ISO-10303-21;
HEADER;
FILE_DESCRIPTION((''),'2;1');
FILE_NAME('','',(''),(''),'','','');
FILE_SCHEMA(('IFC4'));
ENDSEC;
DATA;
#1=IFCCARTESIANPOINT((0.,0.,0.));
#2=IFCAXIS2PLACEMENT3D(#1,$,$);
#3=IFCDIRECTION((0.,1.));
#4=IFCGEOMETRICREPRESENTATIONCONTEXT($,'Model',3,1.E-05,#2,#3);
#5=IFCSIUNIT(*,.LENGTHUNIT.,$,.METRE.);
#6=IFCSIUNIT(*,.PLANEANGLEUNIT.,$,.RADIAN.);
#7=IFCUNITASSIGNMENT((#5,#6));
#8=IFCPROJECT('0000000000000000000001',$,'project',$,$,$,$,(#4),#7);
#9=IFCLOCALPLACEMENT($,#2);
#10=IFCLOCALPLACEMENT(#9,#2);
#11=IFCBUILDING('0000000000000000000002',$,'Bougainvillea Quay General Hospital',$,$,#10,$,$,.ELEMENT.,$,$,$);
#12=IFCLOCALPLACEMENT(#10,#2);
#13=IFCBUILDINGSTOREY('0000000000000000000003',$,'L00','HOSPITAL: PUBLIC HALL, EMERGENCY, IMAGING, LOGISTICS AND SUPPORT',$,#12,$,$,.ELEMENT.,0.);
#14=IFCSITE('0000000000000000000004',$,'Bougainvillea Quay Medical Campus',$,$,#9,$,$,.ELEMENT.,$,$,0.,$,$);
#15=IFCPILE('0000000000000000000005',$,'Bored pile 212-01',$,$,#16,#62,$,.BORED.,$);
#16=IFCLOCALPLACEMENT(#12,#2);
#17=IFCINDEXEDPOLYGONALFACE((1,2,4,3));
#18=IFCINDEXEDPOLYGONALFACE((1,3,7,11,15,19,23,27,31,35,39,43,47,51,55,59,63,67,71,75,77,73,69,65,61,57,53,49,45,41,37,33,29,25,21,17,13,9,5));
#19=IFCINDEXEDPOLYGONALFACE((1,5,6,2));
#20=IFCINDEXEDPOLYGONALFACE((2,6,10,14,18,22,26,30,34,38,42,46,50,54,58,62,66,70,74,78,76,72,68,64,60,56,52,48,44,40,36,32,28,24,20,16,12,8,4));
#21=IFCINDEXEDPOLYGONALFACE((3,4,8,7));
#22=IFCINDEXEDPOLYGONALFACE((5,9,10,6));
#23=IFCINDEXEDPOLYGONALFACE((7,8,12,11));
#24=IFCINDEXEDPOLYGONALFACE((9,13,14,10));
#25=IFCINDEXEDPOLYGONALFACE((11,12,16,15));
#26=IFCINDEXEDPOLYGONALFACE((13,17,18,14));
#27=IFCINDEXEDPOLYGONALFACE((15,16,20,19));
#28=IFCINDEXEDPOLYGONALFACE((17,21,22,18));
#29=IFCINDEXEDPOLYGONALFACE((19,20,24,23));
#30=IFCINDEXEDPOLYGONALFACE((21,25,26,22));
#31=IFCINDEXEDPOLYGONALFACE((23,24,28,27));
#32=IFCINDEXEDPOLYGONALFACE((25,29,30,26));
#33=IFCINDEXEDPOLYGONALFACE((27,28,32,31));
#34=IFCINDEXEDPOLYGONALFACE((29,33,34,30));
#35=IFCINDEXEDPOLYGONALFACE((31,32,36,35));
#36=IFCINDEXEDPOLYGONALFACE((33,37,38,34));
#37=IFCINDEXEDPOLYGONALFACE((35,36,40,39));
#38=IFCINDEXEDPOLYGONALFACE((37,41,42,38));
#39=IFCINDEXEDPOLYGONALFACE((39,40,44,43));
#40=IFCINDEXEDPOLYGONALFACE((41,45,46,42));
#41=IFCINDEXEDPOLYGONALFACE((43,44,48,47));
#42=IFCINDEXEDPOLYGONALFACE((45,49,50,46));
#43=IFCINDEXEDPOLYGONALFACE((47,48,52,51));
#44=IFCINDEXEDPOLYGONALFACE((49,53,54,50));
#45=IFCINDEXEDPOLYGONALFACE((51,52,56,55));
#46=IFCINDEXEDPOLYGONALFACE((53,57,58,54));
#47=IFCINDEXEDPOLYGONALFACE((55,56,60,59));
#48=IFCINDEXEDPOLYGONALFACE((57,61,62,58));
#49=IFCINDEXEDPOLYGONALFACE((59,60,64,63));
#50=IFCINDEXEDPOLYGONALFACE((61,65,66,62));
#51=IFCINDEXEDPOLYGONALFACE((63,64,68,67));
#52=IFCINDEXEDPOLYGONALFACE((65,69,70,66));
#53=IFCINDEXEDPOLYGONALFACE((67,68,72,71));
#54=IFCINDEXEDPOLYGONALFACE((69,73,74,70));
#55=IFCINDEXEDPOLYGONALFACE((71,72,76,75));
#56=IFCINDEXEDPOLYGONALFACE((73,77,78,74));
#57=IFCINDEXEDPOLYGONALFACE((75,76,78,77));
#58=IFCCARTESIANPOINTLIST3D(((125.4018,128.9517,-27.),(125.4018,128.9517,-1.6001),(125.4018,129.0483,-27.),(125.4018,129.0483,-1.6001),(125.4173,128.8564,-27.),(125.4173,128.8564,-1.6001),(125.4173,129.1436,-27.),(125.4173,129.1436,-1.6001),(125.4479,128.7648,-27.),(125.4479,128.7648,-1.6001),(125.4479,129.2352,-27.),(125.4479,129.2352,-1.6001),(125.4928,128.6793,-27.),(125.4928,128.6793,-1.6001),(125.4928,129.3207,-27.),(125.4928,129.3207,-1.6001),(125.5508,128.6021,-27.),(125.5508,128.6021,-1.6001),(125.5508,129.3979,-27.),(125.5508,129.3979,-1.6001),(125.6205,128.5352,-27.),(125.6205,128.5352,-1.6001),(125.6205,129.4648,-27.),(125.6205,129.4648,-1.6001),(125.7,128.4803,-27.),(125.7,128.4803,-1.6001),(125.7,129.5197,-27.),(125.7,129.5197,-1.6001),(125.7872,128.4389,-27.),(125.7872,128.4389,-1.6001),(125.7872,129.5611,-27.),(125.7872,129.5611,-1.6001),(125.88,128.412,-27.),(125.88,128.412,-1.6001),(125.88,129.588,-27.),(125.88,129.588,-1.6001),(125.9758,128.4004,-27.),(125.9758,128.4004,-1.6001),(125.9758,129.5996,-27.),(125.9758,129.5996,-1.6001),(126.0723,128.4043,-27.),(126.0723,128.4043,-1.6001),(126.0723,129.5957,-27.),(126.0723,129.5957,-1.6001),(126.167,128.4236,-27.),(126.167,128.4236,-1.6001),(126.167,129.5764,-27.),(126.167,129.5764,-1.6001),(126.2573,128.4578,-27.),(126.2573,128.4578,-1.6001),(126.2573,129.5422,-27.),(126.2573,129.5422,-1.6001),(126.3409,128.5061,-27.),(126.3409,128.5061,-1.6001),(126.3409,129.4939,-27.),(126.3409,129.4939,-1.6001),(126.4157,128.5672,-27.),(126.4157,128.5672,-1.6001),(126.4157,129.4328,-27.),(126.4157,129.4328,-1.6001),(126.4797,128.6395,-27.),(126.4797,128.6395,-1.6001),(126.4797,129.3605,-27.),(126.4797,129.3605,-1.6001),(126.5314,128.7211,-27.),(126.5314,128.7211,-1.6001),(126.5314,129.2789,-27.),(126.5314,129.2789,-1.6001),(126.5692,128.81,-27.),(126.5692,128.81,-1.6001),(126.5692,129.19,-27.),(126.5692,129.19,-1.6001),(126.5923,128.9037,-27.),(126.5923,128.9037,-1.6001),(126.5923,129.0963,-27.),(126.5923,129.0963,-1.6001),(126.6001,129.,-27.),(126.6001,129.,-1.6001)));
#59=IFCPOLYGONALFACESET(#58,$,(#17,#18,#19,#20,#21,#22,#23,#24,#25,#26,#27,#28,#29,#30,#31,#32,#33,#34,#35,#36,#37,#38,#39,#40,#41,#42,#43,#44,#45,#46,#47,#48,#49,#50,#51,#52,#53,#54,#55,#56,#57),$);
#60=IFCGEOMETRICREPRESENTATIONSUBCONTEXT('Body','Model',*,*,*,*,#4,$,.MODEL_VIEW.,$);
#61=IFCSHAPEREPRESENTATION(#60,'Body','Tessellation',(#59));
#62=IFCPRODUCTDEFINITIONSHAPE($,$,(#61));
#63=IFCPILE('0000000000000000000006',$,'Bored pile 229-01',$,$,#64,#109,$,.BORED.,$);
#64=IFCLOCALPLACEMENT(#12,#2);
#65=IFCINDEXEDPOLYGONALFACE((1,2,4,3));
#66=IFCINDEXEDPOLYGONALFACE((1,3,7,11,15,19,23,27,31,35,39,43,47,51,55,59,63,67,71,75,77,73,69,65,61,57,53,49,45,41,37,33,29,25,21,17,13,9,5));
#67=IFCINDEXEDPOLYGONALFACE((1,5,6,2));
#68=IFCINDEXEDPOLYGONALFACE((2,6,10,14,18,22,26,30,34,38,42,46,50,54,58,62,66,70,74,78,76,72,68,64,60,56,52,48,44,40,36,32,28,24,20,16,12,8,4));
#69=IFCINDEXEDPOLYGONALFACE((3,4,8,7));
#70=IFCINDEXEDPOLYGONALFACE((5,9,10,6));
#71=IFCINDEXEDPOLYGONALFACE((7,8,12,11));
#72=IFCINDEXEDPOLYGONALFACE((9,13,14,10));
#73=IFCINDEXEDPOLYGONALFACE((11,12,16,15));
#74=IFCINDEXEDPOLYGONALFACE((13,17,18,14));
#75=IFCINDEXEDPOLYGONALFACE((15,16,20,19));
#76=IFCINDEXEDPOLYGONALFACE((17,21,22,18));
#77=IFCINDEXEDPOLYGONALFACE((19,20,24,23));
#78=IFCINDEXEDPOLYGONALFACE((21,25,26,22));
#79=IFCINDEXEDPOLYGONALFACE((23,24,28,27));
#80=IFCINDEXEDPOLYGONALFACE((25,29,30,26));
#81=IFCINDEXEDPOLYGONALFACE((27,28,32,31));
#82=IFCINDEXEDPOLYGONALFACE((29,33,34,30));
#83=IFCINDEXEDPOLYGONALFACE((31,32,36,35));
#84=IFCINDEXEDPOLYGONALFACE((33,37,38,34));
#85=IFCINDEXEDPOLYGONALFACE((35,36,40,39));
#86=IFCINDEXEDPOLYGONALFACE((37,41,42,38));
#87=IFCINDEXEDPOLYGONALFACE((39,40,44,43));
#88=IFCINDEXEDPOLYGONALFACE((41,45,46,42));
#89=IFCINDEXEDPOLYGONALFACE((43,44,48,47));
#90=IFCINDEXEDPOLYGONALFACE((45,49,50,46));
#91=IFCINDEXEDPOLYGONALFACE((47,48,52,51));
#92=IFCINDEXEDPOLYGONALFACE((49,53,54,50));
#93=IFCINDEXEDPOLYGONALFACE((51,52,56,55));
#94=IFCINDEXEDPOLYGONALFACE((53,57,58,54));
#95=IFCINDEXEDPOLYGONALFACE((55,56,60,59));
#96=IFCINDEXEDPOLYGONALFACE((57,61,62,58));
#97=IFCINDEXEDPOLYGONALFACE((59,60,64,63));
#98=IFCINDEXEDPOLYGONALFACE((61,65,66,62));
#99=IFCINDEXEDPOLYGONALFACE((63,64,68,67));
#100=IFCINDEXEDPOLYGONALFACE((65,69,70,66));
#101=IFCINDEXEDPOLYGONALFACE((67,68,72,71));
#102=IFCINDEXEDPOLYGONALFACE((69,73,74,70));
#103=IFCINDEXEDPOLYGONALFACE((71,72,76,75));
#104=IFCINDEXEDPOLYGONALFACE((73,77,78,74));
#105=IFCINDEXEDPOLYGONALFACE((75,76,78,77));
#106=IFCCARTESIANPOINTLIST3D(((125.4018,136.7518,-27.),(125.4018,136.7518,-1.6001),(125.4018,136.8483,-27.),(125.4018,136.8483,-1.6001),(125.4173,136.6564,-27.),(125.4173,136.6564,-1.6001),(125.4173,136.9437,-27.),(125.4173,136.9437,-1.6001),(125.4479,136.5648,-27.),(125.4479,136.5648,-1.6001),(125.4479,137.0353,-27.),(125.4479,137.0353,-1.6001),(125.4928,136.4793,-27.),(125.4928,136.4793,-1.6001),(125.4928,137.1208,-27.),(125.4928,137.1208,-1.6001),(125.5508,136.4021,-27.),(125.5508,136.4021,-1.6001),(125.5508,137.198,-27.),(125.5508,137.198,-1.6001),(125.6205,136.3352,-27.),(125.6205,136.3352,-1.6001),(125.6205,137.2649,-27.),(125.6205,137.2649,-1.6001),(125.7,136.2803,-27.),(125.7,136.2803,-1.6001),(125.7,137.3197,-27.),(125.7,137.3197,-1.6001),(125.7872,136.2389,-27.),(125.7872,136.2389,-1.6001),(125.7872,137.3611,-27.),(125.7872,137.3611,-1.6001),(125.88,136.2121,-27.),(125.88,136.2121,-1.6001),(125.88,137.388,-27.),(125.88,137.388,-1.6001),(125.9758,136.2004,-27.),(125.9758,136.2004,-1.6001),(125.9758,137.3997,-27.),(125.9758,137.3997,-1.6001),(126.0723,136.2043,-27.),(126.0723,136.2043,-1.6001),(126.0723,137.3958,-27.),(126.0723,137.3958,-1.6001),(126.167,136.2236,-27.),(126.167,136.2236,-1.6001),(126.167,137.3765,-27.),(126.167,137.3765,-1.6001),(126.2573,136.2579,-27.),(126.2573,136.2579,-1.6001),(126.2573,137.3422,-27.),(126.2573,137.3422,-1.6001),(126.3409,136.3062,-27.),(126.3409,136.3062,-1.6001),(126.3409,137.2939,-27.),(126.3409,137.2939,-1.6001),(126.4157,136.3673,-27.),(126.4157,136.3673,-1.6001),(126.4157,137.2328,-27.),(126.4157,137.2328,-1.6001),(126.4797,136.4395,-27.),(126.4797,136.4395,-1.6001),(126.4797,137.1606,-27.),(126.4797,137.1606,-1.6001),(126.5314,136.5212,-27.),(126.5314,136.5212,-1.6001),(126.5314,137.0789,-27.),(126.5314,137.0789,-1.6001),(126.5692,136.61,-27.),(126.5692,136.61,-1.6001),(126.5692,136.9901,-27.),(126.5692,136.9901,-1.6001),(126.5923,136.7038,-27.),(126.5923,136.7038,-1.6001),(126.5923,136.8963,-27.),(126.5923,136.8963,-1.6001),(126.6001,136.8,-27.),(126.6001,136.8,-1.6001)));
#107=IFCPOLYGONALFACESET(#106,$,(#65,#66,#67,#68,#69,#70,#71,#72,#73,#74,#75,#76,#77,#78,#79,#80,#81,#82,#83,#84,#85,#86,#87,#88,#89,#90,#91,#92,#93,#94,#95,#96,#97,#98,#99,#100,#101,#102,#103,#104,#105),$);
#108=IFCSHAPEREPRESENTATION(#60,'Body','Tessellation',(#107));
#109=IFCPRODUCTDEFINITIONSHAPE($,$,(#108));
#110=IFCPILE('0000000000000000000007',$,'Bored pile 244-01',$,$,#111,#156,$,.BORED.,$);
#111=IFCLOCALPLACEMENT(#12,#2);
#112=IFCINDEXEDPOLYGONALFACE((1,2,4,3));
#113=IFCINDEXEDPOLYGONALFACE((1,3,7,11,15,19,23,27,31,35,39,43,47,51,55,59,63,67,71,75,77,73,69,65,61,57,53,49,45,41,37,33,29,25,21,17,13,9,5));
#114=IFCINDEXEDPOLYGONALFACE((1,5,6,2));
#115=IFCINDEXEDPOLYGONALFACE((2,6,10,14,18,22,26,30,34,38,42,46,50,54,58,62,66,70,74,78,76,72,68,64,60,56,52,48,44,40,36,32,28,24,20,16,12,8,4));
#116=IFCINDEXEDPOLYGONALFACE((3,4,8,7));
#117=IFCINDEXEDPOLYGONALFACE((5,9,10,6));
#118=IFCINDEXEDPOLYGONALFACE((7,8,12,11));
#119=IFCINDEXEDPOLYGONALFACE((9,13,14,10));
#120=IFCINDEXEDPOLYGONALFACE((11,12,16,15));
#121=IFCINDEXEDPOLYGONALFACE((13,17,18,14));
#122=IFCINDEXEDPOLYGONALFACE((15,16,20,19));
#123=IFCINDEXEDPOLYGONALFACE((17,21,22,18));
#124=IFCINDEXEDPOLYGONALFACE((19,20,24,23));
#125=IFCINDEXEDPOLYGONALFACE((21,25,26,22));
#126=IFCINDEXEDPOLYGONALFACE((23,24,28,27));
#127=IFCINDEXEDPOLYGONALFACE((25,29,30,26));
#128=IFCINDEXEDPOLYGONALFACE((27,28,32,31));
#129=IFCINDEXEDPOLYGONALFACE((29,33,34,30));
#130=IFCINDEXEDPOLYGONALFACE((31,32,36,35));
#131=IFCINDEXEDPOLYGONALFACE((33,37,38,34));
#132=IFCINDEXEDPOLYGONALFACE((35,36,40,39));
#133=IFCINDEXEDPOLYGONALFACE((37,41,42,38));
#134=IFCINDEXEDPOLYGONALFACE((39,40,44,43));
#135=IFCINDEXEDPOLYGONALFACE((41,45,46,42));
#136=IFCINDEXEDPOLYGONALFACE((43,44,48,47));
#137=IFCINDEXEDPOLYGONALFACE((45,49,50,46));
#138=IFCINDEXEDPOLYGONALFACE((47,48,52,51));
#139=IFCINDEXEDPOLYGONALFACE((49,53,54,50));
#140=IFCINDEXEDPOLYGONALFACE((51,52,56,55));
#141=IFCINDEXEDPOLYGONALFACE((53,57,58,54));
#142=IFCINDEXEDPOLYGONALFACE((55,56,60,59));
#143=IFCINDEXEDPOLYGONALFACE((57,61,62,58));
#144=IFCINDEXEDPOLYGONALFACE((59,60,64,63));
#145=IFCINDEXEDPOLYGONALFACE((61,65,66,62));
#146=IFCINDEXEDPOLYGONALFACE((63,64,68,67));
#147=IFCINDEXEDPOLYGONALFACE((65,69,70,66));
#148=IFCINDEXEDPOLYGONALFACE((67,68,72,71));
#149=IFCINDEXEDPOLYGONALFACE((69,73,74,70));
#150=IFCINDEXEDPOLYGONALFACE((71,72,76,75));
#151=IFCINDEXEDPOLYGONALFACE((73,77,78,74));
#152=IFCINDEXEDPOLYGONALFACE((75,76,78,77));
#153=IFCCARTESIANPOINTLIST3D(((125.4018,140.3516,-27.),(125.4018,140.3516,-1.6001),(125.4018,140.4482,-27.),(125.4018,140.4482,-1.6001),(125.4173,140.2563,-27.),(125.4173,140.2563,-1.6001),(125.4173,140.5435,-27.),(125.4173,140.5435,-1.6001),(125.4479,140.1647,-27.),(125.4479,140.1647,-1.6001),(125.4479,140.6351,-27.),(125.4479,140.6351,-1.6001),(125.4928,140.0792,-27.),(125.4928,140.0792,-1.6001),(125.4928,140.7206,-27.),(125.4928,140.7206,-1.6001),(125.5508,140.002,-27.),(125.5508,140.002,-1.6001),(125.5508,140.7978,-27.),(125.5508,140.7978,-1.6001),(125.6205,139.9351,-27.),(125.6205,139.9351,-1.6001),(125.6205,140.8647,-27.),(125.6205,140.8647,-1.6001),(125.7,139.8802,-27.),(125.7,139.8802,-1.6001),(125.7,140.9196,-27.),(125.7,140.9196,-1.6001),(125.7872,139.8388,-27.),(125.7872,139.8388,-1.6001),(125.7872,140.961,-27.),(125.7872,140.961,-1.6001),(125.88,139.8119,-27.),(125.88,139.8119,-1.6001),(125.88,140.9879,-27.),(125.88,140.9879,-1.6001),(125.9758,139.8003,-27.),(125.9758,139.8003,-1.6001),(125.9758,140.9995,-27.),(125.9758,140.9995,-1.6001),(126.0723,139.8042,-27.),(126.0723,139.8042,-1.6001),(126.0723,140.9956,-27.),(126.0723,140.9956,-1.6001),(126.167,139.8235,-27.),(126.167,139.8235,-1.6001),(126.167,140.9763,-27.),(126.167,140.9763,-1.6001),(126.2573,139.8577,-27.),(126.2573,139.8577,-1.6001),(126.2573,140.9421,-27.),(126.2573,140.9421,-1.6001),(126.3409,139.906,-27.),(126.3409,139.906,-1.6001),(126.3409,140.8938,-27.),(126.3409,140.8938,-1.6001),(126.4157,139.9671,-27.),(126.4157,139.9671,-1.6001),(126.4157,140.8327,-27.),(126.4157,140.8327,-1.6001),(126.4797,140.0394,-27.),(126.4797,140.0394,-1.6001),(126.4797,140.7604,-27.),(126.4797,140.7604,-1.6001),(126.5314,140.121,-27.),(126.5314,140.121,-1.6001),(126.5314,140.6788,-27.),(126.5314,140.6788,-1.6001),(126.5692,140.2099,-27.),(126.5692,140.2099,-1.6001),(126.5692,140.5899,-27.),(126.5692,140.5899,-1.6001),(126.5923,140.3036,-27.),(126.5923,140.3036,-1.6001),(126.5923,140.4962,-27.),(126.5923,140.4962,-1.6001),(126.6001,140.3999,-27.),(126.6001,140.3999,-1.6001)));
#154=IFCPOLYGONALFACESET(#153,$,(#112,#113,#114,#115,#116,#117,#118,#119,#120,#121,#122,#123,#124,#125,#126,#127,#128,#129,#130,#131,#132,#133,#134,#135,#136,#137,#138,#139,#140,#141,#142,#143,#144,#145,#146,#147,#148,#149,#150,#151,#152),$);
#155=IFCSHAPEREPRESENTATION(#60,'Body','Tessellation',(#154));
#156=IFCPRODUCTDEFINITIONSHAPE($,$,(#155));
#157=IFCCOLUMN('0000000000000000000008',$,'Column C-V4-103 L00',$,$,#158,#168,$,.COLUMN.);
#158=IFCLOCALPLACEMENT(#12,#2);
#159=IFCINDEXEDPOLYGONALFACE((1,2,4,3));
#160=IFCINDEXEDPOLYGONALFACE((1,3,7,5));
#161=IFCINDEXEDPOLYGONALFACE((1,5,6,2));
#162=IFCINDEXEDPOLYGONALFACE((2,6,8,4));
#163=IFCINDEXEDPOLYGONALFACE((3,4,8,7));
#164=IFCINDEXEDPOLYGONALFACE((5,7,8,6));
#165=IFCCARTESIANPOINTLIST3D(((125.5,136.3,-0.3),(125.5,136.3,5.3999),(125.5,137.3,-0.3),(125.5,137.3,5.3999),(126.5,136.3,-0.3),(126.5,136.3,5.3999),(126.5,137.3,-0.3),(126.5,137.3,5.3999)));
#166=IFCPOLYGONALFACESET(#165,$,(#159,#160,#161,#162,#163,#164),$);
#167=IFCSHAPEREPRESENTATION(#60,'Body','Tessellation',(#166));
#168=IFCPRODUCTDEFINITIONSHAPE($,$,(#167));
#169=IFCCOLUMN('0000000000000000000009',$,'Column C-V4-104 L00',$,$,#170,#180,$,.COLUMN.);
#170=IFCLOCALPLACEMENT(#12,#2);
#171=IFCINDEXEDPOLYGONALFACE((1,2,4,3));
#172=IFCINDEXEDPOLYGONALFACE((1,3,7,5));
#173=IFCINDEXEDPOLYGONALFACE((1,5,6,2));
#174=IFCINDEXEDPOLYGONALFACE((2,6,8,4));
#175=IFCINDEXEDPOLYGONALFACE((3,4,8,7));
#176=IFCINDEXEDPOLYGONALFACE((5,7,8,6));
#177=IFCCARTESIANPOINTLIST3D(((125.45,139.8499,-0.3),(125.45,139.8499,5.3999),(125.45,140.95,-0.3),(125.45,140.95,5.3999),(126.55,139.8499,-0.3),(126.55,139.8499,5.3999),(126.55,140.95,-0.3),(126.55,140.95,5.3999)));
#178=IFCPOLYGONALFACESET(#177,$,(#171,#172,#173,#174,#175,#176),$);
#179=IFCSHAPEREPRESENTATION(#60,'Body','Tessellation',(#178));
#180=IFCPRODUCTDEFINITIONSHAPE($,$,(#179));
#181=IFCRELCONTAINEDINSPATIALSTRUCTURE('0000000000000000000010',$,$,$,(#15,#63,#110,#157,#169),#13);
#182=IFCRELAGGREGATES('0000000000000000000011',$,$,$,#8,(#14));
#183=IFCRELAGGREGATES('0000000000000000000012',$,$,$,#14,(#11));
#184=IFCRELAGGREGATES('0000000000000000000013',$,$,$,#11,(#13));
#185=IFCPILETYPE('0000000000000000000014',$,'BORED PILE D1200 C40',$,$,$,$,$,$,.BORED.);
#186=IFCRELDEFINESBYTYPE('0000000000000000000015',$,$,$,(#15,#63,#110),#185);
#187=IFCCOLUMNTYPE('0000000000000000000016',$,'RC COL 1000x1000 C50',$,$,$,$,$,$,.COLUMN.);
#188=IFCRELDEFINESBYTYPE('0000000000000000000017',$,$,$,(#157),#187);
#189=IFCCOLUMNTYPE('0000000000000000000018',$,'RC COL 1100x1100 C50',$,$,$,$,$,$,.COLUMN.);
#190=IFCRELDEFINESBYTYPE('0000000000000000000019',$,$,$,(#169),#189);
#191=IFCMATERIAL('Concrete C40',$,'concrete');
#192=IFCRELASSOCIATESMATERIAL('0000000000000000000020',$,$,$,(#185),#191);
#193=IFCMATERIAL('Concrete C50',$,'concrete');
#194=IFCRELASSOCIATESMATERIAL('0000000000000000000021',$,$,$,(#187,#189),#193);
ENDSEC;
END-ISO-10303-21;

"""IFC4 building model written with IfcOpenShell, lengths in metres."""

from ifc_helpers import new_model, si_unit, direction, frame, origin, origin_2d, place, context, subcontext, project, spatial, rectangle, circle, extrude, material, material_profile, profile_set, type_object, element, save


model = new_model("IFC4")

# Units and contexts
model_context = context("Model", 3, precision=1e-05, world=origin(), true_north=direction((0.0, 1.0)))
body_context = subcontext(model_context, "Body", "Model", "MODEL_VIEW")
ifc_project = project(units=[si_unit("LENGTHUNIT", "METRE"), si_unit("PLANEANGLEUNIT", "RADIAN")], contexts=[model_context])

# Site, building, storey
site_placement = place(None, origin())
site = spatial("IfcSite", under=ifc_project, at=site_placement, Name="Bougainvillea Quay Medical Campus", CompositionType="ELEMENT", RefElevation=0.0)
building_placement = place(site_placement, origin())
building = spatial("IfcBuilding", under=site, at=building_placement, Name="Bougainvillea Quay General Hospital", CompositionType="ELEMENT")
storey_placement = place(building_placement, origin())
storey = spatial("IfcBuildingStorey", under=building, at=storey_placement, Name="L00", Description="HOSPITAL: PUBLIC HALL, EMERGENCY, IMAGING, LOGISTICS AND SUPPORT", CompositionType="ELEMENT", Elevation=0.0)

# Piles
ifc_material_1 = material(Name="Concrete C40", Category="concrete")
ifc_material_profile_1 = material_profile(ifc_material_1, circle(Radius=0.6001, at=origin_2d()))
ifc_profile_set_1 = profile_set([ifc_material_profile_1], Name="Concrete C40")
pile_type = type_object("IfcPileType", Name="BORED PILE D1200 C40", PredefinedType="BORED", material=ifc_profile_set_1)
for number, where, z_axis, x_axis, name in (
    (1, (126.0, 129.0, -1.6001), (0.0, 0.0, -1.0), (1.0, 0.0, 0.0), "Bored pile 212-01"),
    (2, (126.0, 136.8, -1.6001), (0.0, 0.0, -1.0), (1.0, 0.0, 0.0), "Bored pile 229-01"),
    (3, (126.0, 140.3999, -1.6001), (0.0, 0.0, -1.0), (1.0, 0.0, 0.0), "Bored pile 244-01"),
):
    element("IfcPile", number, at=place(storey_placement, frame(where, z_axis=z_axis, x_axis=x_axis)), inside=storey, type_object=pile_type, Name=name, PredefinedType="BORED", context=body_context, shape_type="SweptSolid", body=[
        extrude(circle(Radius=0.6001, at=origin_2d()), origin(), (0.0, 0.0, 1.0), 25.3999),
    ])

# Columns
ifc_material_2 = material(Name="Concrete C50", Category="concrete")
ifc_material_profile_2 = material_profile(ifc_material_2, rectangle(XDim=1.0, YDim=1.0, at=origin_2d()))
ifc_profile_set_2 = profile_set([ifc_material_profile_2], Name="Concrete C50")
column_type_1 = type_object("IfcColumnType", Name="RC COL 1000x1000 C50", PredefinedType="COLUMN", material=ifc_profile_set_2)
column_1_placement = place(storey_placement, frame((126.0, 136.8, -0.3), z_axis=(0.0, 0.0, 1.0), x_axis=(1.0, 0.0, 0.0)))
element("IfcColumn", 4, at=column_1_placement, inside=storey, type_object=column_type_1, Name="Column C-V4-103 L00", PredefinedType="COLUMN", context=body_context, shape_type="SweptSolid", body=[
    extrude(rectangle(XDim=1.0, YDim=1.0, at=origin_2d()), origin(), (0.0, 0.0, 1.0), 5.7),
])
ifc_material_profile_3 = material_profile(ifc_material_2, rectangle(XDim=1.1001, YDim=1.1001, at=origin_2d()))
ifc_profile_set_3 = profile_set([ifc_material_profile_3], Name="Concrete C50")
column_type_2 = type_object("IfcColumnType", Name="RC COL 1100x1100 C50", PredefinedType="COLUMN", material=ifc_profile_set_3)
column_2_placement = place(storey_placement, frame((126.0, 140.3999, -0.3), z_axis=(0.0, 0.0, 1.0), x_axis=(1.0, 0.0, 0.0)))
element("IfcColumn", 5, at=column_2_placement, inside=storey, type_object=column_type_2, Name="Column C-V4-104 L00", PredefinedType="COLUMN", context=body_context, shape_type="SweptSolid", body=[
    extrude(rectangle(XDim=1.1001, YDim=1.1001, at=origin_2d()), origin(), (0.0, 0.0, 1.0), 5.7),
])

save(model, "model.ifc")
